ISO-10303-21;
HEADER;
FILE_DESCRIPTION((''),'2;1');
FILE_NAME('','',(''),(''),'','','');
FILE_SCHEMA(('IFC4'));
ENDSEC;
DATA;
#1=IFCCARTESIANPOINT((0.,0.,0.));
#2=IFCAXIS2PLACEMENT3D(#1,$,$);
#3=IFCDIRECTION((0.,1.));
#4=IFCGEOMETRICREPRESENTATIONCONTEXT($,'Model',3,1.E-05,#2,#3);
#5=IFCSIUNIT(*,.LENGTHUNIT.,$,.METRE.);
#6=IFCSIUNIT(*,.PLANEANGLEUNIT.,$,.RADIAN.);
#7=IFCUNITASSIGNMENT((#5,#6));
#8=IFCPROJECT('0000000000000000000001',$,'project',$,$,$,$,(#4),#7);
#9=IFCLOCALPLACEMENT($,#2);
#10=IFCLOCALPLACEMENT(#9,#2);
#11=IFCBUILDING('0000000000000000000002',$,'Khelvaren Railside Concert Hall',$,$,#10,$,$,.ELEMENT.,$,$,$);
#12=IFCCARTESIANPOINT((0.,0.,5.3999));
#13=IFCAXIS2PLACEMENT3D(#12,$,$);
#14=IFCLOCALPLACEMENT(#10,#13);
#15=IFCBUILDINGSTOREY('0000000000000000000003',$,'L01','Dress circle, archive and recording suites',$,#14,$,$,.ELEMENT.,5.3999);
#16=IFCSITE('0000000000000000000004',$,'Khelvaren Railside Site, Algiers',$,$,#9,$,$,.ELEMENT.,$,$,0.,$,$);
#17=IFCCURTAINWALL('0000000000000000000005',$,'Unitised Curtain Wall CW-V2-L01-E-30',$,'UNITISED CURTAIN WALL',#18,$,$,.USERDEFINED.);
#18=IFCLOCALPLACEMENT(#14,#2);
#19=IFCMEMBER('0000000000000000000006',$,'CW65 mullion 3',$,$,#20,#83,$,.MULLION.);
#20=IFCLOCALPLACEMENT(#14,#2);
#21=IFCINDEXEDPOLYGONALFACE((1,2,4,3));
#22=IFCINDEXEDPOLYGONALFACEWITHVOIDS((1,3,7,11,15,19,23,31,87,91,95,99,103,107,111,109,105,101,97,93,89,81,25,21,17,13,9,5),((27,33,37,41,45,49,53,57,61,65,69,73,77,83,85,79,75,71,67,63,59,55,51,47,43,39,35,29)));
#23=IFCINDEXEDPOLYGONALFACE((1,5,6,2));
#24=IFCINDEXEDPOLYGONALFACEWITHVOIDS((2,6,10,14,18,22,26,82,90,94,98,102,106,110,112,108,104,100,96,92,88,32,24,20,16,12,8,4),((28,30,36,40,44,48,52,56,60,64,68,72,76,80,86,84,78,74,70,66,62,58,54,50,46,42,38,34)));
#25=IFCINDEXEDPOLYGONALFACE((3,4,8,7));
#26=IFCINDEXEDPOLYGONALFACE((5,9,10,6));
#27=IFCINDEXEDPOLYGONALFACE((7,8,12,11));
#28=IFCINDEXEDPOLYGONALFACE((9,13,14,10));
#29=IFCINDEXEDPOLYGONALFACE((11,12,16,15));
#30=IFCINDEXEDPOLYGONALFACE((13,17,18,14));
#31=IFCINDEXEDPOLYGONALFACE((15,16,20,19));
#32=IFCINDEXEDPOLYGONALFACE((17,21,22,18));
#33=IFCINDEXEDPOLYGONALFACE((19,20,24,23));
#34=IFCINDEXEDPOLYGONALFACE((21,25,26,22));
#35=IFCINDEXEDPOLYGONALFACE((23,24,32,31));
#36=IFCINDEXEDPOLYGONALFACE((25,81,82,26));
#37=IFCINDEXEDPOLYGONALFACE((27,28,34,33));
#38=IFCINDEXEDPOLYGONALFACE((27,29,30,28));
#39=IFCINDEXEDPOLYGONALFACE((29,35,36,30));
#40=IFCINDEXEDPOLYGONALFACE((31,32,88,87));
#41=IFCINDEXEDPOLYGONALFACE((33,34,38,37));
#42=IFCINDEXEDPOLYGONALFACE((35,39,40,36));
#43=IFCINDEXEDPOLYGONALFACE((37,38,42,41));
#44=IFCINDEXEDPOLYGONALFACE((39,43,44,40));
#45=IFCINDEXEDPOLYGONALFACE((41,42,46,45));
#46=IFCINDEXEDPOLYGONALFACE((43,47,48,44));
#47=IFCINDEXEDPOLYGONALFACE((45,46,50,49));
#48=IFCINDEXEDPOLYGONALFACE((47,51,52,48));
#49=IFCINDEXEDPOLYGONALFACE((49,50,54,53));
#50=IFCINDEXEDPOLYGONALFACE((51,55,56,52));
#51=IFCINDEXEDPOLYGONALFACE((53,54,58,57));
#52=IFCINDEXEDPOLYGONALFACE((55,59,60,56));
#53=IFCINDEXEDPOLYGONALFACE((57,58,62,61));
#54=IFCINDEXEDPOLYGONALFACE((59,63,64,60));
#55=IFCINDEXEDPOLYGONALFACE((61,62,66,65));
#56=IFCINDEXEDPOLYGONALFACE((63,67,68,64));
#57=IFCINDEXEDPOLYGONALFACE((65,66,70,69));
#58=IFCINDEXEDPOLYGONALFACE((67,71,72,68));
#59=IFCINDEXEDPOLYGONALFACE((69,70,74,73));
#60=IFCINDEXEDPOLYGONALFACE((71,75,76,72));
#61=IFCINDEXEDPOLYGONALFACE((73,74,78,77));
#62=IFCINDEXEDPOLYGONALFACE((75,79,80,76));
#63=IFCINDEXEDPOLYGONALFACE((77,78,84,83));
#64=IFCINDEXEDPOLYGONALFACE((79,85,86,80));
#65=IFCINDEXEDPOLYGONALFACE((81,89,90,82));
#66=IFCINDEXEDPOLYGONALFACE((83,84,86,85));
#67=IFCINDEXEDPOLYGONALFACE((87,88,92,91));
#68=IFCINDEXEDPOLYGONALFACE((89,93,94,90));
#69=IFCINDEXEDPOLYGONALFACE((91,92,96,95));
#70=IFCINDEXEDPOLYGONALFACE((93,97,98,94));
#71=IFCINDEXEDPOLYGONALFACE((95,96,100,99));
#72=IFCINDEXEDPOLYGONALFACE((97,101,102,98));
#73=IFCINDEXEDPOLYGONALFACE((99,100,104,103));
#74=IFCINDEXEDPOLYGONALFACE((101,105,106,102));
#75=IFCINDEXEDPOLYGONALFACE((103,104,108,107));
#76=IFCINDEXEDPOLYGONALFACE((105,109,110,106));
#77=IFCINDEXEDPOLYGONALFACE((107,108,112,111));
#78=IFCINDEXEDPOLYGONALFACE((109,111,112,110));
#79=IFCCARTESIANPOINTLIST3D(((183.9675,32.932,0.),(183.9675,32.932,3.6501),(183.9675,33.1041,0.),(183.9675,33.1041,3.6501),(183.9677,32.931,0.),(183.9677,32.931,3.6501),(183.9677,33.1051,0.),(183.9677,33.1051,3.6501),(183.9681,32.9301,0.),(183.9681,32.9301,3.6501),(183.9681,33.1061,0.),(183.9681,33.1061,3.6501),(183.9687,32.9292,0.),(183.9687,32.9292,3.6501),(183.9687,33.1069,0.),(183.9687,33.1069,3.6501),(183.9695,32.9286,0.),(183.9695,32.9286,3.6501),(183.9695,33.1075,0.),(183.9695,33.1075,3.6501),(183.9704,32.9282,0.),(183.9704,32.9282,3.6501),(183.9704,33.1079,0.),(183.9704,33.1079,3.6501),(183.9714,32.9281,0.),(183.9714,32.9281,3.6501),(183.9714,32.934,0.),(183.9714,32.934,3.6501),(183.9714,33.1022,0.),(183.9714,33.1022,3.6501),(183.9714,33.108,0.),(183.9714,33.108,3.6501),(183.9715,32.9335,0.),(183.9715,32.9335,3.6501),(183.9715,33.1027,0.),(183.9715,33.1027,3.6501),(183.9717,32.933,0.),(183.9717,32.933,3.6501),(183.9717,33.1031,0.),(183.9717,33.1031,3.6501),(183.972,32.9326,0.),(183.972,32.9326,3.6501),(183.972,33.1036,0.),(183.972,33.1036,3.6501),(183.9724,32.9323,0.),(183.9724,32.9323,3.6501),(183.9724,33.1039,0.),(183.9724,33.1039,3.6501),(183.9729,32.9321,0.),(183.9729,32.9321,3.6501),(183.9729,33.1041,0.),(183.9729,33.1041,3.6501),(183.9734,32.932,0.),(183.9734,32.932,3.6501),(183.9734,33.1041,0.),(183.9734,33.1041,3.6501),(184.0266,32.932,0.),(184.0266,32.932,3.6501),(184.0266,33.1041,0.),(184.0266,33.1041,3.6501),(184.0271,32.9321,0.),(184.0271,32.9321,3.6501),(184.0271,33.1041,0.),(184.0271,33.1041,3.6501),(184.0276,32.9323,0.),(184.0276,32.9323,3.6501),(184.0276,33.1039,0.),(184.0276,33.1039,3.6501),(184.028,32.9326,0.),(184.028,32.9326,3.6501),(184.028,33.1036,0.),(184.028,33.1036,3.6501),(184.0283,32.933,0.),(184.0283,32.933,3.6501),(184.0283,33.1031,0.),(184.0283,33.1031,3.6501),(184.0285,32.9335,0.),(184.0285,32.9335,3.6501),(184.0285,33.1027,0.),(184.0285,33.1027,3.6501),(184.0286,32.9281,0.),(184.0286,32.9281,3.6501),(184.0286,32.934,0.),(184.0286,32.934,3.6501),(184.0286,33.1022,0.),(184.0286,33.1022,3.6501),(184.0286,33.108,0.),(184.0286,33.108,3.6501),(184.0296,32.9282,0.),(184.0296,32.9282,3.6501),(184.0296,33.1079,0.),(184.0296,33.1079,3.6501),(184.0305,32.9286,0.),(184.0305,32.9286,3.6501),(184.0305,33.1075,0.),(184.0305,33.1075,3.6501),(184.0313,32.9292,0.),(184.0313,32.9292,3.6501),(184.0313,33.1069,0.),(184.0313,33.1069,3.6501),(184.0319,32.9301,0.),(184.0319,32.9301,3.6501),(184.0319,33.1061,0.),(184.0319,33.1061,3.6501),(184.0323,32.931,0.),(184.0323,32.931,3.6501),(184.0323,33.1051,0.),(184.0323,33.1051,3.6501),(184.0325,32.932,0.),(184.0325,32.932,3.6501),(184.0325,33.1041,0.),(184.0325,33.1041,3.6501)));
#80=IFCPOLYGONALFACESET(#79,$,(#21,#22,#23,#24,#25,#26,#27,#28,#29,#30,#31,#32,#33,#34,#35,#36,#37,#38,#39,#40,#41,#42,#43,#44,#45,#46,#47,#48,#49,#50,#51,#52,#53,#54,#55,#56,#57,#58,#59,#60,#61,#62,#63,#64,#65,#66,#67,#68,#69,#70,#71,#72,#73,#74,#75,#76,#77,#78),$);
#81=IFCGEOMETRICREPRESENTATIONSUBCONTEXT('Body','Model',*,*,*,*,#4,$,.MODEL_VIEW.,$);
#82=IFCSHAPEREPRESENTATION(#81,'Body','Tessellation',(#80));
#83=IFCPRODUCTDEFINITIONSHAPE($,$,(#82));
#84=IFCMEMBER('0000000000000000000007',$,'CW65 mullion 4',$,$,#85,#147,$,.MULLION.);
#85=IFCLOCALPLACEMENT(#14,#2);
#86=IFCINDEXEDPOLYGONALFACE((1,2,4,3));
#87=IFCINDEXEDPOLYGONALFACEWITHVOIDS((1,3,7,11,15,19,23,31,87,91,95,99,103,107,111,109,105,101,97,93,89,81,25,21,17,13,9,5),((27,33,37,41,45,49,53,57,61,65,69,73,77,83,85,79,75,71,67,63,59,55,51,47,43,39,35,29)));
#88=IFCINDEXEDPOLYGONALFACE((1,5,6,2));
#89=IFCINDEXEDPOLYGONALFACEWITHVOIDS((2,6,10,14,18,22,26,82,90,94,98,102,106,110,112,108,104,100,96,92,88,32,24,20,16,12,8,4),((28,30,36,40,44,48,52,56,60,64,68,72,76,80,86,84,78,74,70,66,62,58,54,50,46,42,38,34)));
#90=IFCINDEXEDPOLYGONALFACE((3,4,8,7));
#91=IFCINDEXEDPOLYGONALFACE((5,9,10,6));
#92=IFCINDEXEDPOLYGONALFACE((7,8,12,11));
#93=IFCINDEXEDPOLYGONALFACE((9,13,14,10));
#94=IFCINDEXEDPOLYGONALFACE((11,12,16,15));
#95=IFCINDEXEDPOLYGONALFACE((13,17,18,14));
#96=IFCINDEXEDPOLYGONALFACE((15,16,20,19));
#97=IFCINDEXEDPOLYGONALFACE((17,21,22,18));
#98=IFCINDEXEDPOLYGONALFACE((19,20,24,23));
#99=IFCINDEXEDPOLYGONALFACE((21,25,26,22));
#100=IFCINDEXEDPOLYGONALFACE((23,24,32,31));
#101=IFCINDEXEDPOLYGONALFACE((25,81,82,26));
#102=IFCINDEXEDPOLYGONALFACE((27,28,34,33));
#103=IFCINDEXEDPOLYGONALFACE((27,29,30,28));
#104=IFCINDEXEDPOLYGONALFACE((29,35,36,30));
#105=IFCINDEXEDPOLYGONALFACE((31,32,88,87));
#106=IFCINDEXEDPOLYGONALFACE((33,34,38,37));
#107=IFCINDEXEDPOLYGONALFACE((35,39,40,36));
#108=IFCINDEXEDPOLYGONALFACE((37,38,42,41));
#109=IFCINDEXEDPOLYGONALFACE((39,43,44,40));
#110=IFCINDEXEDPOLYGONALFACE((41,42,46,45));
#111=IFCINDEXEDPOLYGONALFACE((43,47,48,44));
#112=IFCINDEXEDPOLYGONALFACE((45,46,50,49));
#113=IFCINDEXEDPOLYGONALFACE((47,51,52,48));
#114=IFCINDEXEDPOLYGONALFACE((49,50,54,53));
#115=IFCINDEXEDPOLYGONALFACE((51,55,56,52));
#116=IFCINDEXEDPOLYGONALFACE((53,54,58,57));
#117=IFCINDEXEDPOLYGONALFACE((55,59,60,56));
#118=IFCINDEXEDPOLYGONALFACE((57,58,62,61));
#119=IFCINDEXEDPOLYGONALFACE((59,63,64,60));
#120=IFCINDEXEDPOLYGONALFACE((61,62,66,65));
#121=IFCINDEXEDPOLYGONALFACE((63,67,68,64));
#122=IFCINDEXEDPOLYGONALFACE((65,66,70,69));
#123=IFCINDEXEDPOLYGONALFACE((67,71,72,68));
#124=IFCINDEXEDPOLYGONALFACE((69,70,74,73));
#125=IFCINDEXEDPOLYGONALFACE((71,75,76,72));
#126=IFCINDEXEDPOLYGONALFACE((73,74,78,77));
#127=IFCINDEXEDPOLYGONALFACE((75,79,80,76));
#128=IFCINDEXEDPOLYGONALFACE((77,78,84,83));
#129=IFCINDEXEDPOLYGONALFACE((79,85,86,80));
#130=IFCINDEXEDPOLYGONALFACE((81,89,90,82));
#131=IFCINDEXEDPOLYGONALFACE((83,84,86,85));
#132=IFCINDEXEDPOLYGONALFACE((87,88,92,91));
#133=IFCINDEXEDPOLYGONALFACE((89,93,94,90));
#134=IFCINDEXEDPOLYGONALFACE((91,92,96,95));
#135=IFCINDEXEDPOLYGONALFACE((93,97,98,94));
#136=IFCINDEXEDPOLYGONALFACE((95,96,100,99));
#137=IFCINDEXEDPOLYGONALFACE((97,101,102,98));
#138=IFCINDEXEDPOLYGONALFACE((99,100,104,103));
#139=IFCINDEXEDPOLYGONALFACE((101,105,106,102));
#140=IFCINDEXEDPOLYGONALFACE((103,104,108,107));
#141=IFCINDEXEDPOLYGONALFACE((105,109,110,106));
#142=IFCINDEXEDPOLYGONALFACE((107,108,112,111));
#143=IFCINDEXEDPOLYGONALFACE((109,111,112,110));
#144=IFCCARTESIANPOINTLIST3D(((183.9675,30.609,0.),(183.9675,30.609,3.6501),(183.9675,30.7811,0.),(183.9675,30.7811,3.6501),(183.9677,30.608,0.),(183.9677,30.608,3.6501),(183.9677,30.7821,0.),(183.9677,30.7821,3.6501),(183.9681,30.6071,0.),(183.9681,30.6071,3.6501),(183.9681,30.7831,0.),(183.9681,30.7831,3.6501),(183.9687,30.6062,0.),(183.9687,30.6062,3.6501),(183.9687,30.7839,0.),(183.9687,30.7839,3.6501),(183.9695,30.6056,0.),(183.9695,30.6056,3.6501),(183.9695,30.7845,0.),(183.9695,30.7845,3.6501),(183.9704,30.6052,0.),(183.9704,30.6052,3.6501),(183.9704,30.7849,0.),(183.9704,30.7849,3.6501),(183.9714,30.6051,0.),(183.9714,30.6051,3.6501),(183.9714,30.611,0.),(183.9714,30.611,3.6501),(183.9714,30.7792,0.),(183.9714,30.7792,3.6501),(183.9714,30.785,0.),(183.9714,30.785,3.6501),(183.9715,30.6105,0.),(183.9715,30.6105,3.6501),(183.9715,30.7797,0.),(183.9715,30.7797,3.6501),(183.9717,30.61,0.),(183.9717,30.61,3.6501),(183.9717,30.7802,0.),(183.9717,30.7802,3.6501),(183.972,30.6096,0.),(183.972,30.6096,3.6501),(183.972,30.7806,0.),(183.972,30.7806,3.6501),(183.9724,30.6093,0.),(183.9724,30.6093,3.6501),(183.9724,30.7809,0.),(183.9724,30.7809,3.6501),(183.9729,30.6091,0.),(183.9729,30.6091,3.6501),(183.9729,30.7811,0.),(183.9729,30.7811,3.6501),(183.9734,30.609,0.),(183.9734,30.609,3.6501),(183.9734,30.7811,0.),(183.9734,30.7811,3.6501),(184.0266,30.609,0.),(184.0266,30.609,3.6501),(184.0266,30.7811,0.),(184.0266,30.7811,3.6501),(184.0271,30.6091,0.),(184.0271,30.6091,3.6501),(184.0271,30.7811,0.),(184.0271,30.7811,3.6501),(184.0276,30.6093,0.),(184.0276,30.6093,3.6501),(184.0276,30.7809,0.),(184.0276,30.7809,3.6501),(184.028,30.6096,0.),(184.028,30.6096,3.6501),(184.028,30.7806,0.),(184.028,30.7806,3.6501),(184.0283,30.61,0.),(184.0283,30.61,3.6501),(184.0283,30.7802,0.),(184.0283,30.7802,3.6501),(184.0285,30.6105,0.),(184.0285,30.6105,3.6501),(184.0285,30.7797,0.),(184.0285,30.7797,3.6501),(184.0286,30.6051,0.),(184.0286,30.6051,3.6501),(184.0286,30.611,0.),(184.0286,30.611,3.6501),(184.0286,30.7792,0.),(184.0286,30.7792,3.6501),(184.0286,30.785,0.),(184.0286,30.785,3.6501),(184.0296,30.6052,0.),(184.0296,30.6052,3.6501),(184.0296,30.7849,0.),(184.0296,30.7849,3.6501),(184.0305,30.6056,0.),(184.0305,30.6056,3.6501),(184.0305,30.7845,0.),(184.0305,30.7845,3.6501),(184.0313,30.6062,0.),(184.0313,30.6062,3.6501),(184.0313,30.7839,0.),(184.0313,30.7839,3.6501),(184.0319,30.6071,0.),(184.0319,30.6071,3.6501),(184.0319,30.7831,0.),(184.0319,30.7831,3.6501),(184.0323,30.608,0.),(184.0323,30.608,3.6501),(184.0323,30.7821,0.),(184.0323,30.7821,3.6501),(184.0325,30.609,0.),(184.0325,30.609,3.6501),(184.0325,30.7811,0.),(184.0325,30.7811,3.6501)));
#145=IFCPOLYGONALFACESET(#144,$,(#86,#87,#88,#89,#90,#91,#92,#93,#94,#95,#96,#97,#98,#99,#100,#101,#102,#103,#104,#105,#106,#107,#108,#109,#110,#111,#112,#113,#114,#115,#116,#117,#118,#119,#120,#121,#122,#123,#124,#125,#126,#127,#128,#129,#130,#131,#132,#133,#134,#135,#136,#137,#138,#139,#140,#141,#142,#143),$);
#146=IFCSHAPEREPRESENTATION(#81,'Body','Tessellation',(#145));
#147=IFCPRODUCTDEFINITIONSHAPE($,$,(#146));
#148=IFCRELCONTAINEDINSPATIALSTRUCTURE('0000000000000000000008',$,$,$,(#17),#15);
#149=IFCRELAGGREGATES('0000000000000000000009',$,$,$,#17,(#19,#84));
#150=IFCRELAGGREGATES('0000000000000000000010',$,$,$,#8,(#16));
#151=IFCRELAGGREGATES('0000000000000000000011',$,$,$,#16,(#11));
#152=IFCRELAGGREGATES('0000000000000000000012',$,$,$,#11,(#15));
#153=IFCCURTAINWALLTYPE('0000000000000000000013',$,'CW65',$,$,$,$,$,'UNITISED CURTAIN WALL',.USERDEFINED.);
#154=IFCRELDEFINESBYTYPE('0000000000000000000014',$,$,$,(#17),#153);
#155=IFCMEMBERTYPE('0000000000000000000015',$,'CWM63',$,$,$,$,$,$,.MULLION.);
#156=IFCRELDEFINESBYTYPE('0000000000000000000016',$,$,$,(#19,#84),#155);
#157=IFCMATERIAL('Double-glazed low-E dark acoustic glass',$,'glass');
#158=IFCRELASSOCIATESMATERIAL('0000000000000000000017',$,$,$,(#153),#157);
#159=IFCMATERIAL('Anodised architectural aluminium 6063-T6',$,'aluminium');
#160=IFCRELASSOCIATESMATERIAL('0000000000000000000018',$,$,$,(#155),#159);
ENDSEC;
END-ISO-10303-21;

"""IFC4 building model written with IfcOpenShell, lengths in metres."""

from ifc_helpers import new_model, si_unit, direction, frame, origin, origin_2d, place, context, subcontext, project, spatial, hollow_rectangle, extrude, material, material_profile, profile_set, type_object, element, aggregate, save


model = new_model("IFC4")

# Units and contexts
model_context = context("Model", 3, precision=1e-05, world=origin(), true_north=direction((0.0, 1.0)))
body_context = subcontext(model_context, "Body", "Model", "MODEL_VIEW")
ifc_project = project(units=[si_unit("LENGTHUNIT", "METRE"), si_unit("PLANEANGLEUNIT", "RADIAN")], contexts=[model_context])

# Site, building, storey
site_placement = place(None, origin())
site = spatial("IfcSite", under=ifc_project, at=site_placement, Name="Khelvaren Railside Site, Algiers", CompositionType="ELEMENT", RefElevation=0.0)
building_placement = place(site_placement, origin())
building = spatial("IfcBuilding", under=site, at=building_placement, Name="Khelvaren Railside Concert Hall", CompositionType="ELEMENT")
storey_placement = place(building_placement, frame((0.0, 0.0, 5.3999)))
storey = spatial("IfcBuildingStorey", under=building, at=storey_placement, Name="L01", Description="Dress circle, archive and recording suites", CompositionType="ELEMENT", Elevation=5.3999)

# Curtain wall, members
ifc_material_1 = material(Name="Double-glazed low-E dark acoustic glass", Category="glass")
curtain_wall_type = type_object("IfcCurtainWallType", Name="CW65", ElementType="UNITISED CURTAIN WALL", PredefinedType="USERDEFINED", material=ifc_material_1)
curtain_wall_placement = place(storey_placement, origin())
curtain_wall = element("IfcCurtainWall", 1, at=curtain_wall_placement, inside=storey, type_object=curtain_wall_type, Name="Unitised Curtain Wall CW-V2-L01-E-30", ObjectType="UNITISED CURTAIN WALL", PredefinedType="USERDEFINED")
ifc_material_2 = material(Name="Anodised architectural aluminium 6063-T6", Category="aluminium")
ifc_material_profile_1 = material_profile(ifc_material_2, hollow_rectangle(XDim=0.0649, YDim=0.1799, WallThickness=0.0039, InnerFilletRadius=0.002, OuterFilletRadius=0.0039, at=origin_2d()), Name="CWM 65x180x4")
ifc_profile_set_1 = profile_set([ifc_material_profile_1], Name="Anodised architectural aluminium 6063-T6")
member_type_1 = type_object("IfcMemberType", Name="CWM63", PredefinedType="MULLION", material=ifc_profile_set_1)
member_1_placement = place(storey_placement, frame((184.0, 33.0181, 0.0), z_axis=(0.0, 0.0, 1.0), x_axis=(1.0, 0.0, 0.0)))
member_1 = element("IfcMember", 2, at=member_1_placement, type_object=member_type_1, Name="CW65 mullion 3", PredefinedType="MULLION", context=body_context, shape_type="SweptSolid", body=[
    extrude(hollow_rectangle(XDim=0.0649, YDim=0.1799, WallThickness=0.0039, InnerFilletRadius=0.002, OuterFilletRadius=0.0039, at=origin_2d()), origin(), (0.0, 0.0, 1.0), 3.6501),
])
member_2_placement = place(storey_placement, frame((184.0, 30.6951, 0.0), z_axis=(0.0, 0.0, 1.0), x_axis=(1.0, 0.0, 0.0)))
member_2 = element("IfcMember", 3, at=member_2_placement, type_object=member_type_1, Name="CW65 mullion 4", PredefinedType="MULLION", context=body_context, shape_type="SweptSolid", body=[
    extrude(hollow_rectangle(XDim=0.0649, YDim=0.1799, WallThickness=0.0039, InnerFilletRadius=0.002, OuterFilletRadius=0.0039, at=origin_2d()), origin(), (0.0, 0.0, 1.0), 3.6501),
])

aggregate(curtain_wall, [member_1, member_2])

save(model, "model.ifc")
